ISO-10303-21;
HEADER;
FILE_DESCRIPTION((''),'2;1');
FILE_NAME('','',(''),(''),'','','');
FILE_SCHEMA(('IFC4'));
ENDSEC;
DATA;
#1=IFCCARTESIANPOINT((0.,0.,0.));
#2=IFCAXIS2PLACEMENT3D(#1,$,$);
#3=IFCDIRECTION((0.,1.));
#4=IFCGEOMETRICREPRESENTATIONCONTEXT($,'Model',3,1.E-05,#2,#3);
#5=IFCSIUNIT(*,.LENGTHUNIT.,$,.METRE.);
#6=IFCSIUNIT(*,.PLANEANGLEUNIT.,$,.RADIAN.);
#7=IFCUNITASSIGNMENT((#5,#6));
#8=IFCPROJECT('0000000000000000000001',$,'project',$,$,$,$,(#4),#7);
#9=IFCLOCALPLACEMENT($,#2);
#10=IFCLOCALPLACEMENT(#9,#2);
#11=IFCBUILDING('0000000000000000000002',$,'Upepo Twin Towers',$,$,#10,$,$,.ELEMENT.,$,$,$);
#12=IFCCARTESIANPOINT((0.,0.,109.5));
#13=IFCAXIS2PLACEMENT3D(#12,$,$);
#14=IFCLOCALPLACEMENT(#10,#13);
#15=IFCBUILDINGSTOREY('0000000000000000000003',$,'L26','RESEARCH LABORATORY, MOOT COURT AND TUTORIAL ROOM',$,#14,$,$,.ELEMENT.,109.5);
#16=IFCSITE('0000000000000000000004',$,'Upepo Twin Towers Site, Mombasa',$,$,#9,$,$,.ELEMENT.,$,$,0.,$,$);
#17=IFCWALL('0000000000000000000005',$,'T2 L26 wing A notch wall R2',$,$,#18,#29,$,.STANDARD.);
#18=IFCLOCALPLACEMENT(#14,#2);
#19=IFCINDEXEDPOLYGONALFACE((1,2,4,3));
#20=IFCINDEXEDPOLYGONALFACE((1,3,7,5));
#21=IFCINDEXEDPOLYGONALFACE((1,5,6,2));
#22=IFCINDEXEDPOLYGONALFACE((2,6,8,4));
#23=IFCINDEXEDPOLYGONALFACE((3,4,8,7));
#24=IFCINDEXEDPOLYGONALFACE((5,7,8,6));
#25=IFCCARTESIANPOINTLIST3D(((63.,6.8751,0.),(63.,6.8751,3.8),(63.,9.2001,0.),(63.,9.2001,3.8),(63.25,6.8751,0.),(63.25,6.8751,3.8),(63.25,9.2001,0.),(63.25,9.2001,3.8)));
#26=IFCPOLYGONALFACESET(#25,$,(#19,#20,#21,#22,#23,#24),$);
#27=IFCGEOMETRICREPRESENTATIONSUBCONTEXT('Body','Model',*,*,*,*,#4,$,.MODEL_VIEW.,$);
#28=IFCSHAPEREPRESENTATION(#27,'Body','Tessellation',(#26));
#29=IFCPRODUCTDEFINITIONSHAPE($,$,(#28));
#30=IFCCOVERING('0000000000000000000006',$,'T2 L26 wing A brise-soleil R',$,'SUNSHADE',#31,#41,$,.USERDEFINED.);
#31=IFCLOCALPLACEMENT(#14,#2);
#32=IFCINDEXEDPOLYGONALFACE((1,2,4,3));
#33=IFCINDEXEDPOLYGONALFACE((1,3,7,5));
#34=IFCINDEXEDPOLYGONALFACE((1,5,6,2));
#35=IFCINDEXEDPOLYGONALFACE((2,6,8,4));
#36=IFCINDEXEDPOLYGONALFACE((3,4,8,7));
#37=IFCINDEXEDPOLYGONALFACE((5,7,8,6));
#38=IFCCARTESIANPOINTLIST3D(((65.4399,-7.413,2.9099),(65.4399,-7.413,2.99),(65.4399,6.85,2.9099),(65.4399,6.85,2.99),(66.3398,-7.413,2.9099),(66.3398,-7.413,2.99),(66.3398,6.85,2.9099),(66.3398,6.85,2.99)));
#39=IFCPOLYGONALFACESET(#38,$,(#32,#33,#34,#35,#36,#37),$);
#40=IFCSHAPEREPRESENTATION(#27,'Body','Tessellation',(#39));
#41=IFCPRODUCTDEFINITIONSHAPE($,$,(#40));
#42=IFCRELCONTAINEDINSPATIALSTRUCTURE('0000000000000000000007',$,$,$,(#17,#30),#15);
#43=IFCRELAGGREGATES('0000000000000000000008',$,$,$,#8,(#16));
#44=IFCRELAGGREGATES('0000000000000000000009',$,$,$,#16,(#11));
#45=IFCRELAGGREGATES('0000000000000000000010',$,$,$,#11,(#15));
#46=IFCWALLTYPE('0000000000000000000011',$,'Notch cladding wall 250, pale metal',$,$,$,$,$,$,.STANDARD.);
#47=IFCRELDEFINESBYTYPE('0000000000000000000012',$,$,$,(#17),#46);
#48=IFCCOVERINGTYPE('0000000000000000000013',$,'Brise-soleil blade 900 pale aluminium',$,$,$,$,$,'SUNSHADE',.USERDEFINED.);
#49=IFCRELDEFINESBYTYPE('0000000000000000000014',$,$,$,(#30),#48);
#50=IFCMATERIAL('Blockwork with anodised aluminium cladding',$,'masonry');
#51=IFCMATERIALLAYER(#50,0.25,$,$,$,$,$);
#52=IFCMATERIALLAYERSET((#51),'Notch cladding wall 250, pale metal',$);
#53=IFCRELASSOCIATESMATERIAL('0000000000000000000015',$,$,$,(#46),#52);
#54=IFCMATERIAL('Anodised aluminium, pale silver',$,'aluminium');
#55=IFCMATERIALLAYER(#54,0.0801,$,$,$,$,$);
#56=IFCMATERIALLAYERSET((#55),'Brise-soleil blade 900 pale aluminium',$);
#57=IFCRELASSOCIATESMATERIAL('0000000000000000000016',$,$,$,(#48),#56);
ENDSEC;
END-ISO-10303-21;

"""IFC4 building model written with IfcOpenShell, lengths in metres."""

from ifc_helpers import new_model, si_unit, direction, frame, frame_2d, origin, origin_2d, place, context, subcontext, project, spatial, rectangle, extrude, material, layer, layer_set, type_object, element, save


model = new_model("IFC4")

# Units and contexts
model_context = context("Model", 3, precision=1e-05, world=origin(), true_north=direction((0.0, 1.0)))
body_context = subcontext(model_context, "Body", "Model", "MODEL_VIEW")
ifc_project = project(units=[si_unit("LENGTHUNIT", "METRE"), si_unit("PLANEANGLEUNIT", "RADIAN")], contexts=[model_context])

# Site, building, storey
site_placement = place(None, origin())
site = spatial("IfcSite", under=ifc_project, at=site_placement, Name="Upepo Twin Towers Site, Mombasa", CompositionType="ELEMENT", RefElevation=0.0)
building_placement = place(site_placement, origin())
building = spatial("IfcBuilding", under=site, at=building_placement, Name="Upepo Twin Towers", CompositionType="ELEMENT")
storey_placement = place(building_placement, frame((0.0, 0.0, 109.5)))
storey = spatial("IfcBuildingStorey", under=building, at=storey_placement, Name="L26", Description="RESEARCH LABORATORY, MOOT COURT AND TUTORIAL ROOM", CompositionType="ELEMENT", Elevation=109.5)

# Wall
ifc_material_1 = material(Name="Blockwork with anodised aluminium cladding", Category="masonry")
ifc_layer_1 = layer(ifc_material_1, 0.25)
ifc_layer_set_1 = layer_set([ifc_layer_1], Name="Notch cladding wall 250, pale metal")
wall_type_1 = type_object("IfcWallType", Name="Notch cladding wall 250, pale metal", PredefinedType="STANDARD", material=ifc_layer_set_1)
for number, where, z_axis, x_axis, name in (
    (1, (63.125, 6.875, 0.0), (0.0, 0.0, 1.0), (0.0, 1.0, 0.0), "T2 L26 wing A notch wall R2"),
):
    element("IfcWall", number, at=place(storey_placement, frame(where, z_axis=z_axis, x_axis=x_axis)), inside=storey, type_object=wall_type_1, Name=name, PredefinedType="STANDARD", context=body_context, shape_type="SweptSolid", body=[
        extrude(rectangle(XDim=2.325, YDim=0.25, at=frame_2d((1.1626, 0.0))), origin(), (0.0, 0.0, 1.0), 3.8),
    ])

# Covering
ifc_material_2 = material(Name="Anodised aluminium, pale silver", Category="aluminium")
ifc_layer_2 = layer(ifc_material_2, 0.0801)
ifc_layer_set_2 = layer_set([ifc_layer_2], Name="Brise-soleil blade 900 pale aluminium")
covering_type = type_object("IfcCoveringType", Name="Brise-soleil blade 900 pale aluminium", ElementType="SUNSHADE", PredefinedType="USERDEFINED", material=ifc_layer_set_2)
covering_placement = place(storey_placement, frame((65.8899, -0.2815, 2.9099), z_axis=(0.0, 0.0, 1.0), x_axis=(0.0, 1.0, 0.0)))
element("IfcCovering", 2, at=covering_placement, inside=storey, type_object=covering_type, Name="T2 L26 wing A brise-soleil R", ObjectType="SUNSHADE", PredefinedType="USERDEFINED", context=body_context, shape_type="SweptSolid", body=[
    extrude(rectangle(XDim=14.2629, YDim=0.8999, at=origin_2d()), origin(), (0.0, 0.0, 1.0), 0.0801),
])

save(model, "model.ifc")
